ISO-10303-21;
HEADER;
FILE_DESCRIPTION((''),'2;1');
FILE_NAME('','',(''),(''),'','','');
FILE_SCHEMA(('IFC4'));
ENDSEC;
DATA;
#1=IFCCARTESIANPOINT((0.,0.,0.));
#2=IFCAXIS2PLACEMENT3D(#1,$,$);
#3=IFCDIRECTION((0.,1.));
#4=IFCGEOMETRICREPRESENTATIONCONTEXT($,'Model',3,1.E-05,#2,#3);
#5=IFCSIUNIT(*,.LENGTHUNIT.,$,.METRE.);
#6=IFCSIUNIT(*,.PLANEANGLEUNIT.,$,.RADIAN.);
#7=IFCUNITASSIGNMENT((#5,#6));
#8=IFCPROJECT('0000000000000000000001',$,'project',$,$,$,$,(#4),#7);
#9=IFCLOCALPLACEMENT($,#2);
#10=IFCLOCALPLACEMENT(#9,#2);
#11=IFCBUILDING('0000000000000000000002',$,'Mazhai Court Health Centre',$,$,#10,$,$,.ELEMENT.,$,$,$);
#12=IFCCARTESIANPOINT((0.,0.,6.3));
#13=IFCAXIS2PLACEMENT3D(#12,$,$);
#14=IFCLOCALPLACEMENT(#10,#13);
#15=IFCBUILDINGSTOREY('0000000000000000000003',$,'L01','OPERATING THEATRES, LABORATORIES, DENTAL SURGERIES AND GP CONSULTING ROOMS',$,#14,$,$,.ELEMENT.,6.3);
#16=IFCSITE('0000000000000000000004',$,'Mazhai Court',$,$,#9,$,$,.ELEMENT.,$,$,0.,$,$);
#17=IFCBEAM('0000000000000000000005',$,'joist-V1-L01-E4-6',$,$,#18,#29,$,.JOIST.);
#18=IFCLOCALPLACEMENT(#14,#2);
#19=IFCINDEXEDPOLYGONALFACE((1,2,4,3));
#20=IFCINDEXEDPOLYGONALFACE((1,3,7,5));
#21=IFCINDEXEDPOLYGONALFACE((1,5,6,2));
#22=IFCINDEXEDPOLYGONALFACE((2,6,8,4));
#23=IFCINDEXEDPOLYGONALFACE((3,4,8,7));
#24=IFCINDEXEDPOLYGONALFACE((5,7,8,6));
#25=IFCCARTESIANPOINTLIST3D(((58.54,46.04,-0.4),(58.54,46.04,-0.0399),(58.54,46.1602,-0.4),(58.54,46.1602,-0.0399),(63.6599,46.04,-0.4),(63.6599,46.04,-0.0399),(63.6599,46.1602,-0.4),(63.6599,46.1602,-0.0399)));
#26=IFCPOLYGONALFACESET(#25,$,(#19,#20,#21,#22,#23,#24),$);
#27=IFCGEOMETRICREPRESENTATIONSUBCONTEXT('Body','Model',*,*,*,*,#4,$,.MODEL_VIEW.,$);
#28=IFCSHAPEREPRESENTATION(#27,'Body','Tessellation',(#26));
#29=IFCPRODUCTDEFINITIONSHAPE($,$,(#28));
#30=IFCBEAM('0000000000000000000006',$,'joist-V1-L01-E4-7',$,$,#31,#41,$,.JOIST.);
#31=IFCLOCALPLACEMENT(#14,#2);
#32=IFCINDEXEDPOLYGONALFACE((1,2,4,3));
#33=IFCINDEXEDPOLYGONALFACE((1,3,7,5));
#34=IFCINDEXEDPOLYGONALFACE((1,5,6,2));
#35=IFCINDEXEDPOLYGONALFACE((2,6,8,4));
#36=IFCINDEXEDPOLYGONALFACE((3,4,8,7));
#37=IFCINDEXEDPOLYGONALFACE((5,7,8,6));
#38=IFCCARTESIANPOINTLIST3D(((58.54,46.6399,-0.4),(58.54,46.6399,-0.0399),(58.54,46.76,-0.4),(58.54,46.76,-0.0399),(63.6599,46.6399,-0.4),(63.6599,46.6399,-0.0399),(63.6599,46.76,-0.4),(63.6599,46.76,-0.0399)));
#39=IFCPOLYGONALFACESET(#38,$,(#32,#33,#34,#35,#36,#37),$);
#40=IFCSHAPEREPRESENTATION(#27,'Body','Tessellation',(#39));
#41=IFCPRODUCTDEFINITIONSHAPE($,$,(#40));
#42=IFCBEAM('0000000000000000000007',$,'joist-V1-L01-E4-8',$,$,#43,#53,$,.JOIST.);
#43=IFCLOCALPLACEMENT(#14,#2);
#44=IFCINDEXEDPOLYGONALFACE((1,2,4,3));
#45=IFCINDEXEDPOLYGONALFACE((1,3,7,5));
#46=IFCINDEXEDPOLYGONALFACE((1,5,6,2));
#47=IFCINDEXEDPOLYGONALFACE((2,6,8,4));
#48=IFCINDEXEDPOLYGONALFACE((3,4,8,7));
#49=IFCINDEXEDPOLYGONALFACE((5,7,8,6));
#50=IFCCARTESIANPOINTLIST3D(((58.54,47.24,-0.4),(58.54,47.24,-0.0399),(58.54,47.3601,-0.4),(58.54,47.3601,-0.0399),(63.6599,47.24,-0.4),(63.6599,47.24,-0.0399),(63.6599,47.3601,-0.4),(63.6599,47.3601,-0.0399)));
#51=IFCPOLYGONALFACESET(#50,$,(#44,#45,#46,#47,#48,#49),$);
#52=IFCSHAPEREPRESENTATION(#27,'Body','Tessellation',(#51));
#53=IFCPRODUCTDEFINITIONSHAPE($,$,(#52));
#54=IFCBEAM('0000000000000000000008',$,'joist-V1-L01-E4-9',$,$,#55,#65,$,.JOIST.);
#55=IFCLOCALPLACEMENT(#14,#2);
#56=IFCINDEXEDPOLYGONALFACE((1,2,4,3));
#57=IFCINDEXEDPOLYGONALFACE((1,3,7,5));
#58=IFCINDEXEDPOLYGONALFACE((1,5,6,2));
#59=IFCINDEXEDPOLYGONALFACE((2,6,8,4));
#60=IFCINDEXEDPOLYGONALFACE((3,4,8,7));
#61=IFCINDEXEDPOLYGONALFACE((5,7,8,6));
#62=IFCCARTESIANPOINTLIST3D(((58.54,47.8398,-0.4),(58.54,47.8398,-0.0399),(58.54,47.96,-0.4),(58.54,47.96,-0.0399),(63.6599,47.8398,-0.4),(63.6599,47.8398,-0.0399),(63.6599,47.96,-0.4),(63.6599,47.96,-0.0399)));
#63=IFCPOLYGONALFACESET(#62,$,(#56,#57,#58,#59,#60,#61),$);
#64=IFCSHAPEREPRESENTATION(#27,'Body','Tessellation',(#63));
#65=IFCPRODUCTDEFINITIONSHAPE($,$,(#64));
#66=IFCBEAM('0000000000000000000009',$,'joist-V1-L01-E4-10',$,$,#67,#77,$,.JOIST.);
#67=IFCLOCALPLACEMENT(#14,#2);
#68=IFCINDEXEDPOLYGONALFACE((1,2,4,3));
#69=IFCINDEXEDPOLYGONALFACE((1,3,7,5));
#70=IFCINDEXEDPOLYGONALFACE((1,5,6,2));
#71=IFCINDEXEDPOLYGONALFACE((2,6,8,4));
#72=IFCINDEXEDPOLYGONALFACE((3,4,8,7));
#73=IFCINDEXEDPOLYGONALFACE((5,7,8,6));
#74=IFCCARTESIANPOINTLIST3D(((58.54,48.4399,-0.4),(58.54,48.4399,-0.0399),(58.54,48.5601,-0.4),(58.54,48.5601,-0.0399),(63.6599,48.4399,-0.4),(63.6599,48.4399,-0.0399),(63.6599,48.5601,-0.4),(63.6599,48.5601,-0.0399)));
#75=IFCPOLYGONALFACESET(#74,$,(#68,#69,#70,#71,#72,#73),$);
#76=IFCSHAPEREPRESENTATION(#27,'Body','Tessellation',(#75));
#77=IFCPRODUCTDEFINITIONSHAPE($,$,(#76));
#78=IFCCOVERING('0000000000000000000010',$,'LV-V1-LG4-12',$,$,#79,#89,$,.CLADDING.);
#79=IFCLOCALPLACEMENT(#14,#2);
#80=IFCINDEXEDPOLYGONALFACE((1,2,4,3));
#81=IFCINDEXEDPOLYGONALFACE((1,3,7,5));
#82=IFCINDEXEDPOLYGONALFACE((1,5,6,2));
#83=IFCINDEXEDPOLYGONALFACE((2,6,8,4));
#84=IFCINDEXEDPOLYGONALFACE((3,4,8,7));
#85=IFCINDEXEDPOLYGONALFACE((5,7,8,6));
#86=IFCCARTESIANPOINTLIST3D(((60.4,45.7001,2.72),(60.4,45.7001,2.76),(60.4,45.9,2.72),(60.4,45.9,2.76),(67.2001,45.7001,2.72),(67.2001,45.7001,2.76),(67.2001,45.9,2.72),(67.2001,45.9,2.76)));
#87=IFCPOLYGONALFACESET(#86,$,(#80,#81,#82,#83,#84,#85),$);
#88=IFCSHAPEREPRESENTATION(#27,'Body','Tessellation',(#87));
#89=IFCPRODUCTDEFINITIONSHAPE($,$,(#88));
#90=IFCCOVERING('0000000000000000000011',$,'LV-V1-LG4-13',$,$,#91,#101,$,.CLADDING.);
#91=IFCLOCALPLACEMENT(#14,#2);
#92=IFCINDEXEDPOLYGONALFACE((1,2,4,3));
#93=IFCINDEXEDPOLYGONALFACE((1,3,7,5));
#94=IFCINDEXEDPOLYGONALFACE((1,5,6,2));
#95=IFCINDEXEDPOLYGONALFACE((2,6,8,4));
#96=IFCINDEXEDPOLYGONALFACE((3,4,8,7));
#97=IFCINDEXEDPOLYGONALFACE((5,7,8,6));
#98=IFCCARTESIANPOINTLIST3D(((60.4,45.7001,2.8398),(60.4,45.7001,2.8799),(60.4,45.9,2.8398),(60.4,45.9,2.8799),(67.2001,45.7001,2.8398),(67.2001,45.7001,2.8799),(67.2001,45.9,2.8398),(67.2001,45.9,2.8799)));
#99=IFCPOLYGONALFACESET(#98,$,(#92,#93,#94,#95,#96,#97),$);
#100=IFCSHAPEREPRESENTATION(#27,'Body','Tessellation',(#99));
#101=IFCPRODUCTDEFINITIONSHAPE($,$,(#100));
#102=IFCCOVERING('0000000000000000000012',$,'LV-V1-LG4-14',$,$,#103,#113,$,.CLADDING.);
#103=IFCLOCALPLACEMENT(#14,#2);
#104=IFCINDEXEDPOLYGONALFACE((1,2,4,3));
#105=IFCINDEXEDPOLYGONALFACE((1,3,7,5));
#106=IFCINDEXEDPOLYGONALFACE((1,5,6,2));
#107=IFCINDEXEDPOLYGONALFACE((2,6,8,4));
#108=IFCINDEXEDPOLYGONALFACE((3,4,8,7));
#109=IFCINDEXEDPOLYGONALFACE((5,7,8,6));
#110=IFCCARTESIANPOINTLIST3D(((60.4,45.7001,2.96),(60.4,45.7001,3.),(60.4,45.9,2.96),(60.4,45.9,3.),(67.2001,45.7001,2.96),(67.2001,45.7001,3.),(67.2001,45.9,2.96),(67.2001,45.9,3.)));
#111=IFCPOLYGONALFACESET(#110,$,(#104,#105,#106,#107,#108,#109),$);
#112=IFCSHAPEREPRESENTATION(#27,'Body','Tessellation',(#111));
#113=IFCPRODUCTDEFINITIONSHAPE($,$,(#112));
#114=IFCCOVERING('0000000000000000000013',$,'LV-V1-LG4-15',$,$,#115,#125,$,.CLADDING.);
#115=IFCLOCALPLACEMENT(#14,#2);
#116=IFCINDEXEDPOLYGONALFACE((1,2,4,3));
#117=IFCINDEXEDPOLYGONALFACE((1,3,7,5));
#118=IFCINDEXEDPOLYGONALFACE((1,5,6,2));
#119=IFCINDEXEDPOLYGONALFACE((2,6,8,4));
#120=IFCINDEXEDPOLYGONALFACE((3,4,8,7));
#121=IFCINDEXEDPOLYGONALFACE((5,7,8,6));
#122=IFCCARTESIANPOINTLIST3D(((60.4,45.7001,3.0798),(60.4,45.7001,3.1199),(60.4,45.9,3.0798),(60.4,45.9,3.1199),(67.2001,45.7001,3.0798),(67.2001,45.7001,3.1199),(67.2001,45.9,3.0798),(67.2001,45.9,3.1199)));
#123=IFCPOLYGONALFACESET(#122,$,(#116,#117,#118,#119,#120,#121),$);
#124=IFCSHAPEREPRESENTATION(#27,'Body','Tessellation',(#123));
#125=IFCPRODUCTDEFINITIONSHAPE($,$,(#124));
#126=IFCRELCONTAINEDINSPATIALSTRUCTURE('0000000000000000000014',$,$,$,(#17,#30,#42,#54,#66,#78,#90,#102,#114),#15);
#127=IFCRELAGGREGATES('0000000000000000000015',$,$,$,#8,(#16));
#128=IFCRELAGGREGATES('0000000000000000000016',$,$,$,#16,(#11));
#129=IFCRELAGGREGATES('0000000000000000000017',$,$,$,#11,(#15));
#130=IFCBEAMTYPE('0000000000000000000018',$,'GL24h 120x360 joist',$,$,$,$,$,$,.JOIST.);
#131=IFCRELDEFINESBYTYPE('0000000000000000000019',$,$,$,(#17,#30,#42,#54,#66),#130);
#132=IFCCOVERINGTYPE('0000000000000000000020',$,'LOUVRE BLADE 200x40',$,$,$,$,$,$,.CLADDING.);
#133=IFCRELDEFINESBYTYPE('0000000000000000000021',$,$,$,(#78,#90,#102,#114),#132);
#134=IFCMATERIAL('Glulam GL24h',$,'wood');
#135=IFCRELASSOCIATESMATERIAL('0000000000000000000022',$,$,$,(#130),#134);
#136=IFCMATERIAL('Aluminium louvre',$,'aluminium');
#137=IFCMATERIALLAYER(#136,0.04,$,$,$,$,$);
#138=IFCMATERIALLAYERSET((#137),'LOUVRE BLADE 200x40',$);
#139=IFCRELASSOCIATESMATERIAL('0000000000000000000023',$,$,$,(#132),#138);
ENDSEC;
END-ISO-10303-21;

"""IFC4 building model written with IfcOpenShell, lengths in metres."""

from ifc_helpers import new_model, si_unit, direction, frame, origin, origin_2d, place, context, subcontext, project, spatial, rectangle, extrude, material, layer, layer_set, material_profile, profile_set, type_object, element, save


model = new_model("IFC4")

# Units and contexts
model_context = context("Model", 3, precision=1e-05, world=origin(), true_north=direction((0.0, 1.0)))
body_context = subcontext(model_context, "Body", "Model", "MODEL_VIEW")
ifc_project = project(units=[si_unit("LENGTHUNIT", "METRE"), si_unit("PLANEANGLEUNIT", "RADIAN")], contexts=[model_context])

# Site, building, storey
site_placement = place(None, origin())
site = spatial("IfcSite", under=ifc_project, at=site_placement, Name="Mazhai Court", CompositionType="ELEMENT", RefElevation=0.0)
building_placement = place(site_placement, origin())
building = spatial("IfcBuilding", under=site, at=building_placement, Name="Mazhai Court Health Centre", CompositionType="ELEMENT")
storey_placement = place(building_placement, frame((0.0, 0.0, 6.3)))
storey = spatial("IfcBuildingStorey", under=building, at=storey_placement, Name="L01", Description="OPERATING THEATRES, LABORATORIES, DENTAL SURGERIES AND GP CONSULTING ROOMS", CompositionType="ELEMENT", Elevation=6.3)

# Beams
ifc_material_1 = material(Name="Glulam GL24h", Category="wood")
ifc_material_profile = material_profile(ifc_material_1, rectangle(XDim=0.1201, YDim=0.3601, at=origin_2d()), Name="GL24h 120x360")
ifc_profile_set = profile_set([ifc_material_profile], Name="Glulam GL24h")
beam_type = type_object("IfcBeamType", Name="GL24h 120x360 joist", PredefinedType="JOIST", material=ifc_profile_set)
for number, where, z_axis, x_axis, name in (
    (1, (58.54, 46.1001, -0.22), (1.0, 0.0, 0.0), (0.0, 1.0, 0.0), "joist-V1-L01-E4-6"),
    (2, (58.54, 46.7, -0.22), (1.0, 0.0, 0.0), (0.0, 1.0, 0.0), "joist-V1-L01-E4-7"),
    (3, (58.54, 47.3, -0.22), (1.0, 0.0, 0.0), (0.0, 1.0, 0.0), "joist-V1-L01-E4-8"),
    (4, (58.54, 47.8999, -0.22), (1.0, 0.0, 0.0), (0.0, 1.0, 0.0), "joist-V1-L01-E4-9"),
    (5, (58.54, 48.5, -0.22), (1.0, 0.0, 0.0), (0.0, 1.0, 0.0), "joist-V1-L01-E4-10"),
):
    element("IfcBeam", number, at=place(storey_placement, frame(where, z_axis=z_axis, x_axis=x_axis)), inside=storey, type_object=beam_type, Name=name, PredefinedType="JOIST", context=body_context, shape_type="SweptSolid", body=[
        extrude(rectangle(XDim=0.1201, YDim=0.3601, at=origin_2d()), origin(), (0.0, 0.0, 1.0), 5.1199),
    ])

# Coverings
ifc_material_2 = material(Name="Aluminium louvre", Category="aluminium")
ifc_layer = layer(ifc_material_2, 0.04)
ifc_layer_set = layer_set([ifc_layer], Name="LOUVRE BLADE 200x40")
covering_type = type_object("IfcCoveringType", Name="LOUVRE BLADE 200x40", PredefinedType="CLADDING", material=ifc_layer_set)
for number, where, z_axis, x_axis, name in (
    (6, (63.8, 45.8, 2.72), (0.0, 0.0, 1.0), (0.0, 1.0, 0.0), "LV-V1-LG4-12"),
    (7, (63.8, 45.8, 2.8398), (0.0, 0.0, 1.0), (0.0, 1.0, 0.0), "LV-V1-LG4-13"),
    (8, (63.8, 45.8, 2.96), (0.0, 0.0, 1.0), (0.0, 1.0, 0.0), "LV-V1-LG4-14"),
    (9, (63.8, 45.8, 3.0798), (0.0, 0.0, 1.0), (0.0, 1.0, 0.0), "LV-V1-LG4-15"),
):
    element("IfcCovering", number, at=place(storey_placement, frame(where, z_axis=z_axis, x_axis=x_axis)), inside=storey, type_object=covering_type, Name=name, PredefinedType="CLADDING", context=body_context, shape_type="SweptSolid", body=[
        extrude(rectangle(XDim=0.2, YDim=6.8, at=origin_2d()), origin(), (0.0, 0.0, 1.0), 0.04),
    ])

save(model, "model.ifc")
